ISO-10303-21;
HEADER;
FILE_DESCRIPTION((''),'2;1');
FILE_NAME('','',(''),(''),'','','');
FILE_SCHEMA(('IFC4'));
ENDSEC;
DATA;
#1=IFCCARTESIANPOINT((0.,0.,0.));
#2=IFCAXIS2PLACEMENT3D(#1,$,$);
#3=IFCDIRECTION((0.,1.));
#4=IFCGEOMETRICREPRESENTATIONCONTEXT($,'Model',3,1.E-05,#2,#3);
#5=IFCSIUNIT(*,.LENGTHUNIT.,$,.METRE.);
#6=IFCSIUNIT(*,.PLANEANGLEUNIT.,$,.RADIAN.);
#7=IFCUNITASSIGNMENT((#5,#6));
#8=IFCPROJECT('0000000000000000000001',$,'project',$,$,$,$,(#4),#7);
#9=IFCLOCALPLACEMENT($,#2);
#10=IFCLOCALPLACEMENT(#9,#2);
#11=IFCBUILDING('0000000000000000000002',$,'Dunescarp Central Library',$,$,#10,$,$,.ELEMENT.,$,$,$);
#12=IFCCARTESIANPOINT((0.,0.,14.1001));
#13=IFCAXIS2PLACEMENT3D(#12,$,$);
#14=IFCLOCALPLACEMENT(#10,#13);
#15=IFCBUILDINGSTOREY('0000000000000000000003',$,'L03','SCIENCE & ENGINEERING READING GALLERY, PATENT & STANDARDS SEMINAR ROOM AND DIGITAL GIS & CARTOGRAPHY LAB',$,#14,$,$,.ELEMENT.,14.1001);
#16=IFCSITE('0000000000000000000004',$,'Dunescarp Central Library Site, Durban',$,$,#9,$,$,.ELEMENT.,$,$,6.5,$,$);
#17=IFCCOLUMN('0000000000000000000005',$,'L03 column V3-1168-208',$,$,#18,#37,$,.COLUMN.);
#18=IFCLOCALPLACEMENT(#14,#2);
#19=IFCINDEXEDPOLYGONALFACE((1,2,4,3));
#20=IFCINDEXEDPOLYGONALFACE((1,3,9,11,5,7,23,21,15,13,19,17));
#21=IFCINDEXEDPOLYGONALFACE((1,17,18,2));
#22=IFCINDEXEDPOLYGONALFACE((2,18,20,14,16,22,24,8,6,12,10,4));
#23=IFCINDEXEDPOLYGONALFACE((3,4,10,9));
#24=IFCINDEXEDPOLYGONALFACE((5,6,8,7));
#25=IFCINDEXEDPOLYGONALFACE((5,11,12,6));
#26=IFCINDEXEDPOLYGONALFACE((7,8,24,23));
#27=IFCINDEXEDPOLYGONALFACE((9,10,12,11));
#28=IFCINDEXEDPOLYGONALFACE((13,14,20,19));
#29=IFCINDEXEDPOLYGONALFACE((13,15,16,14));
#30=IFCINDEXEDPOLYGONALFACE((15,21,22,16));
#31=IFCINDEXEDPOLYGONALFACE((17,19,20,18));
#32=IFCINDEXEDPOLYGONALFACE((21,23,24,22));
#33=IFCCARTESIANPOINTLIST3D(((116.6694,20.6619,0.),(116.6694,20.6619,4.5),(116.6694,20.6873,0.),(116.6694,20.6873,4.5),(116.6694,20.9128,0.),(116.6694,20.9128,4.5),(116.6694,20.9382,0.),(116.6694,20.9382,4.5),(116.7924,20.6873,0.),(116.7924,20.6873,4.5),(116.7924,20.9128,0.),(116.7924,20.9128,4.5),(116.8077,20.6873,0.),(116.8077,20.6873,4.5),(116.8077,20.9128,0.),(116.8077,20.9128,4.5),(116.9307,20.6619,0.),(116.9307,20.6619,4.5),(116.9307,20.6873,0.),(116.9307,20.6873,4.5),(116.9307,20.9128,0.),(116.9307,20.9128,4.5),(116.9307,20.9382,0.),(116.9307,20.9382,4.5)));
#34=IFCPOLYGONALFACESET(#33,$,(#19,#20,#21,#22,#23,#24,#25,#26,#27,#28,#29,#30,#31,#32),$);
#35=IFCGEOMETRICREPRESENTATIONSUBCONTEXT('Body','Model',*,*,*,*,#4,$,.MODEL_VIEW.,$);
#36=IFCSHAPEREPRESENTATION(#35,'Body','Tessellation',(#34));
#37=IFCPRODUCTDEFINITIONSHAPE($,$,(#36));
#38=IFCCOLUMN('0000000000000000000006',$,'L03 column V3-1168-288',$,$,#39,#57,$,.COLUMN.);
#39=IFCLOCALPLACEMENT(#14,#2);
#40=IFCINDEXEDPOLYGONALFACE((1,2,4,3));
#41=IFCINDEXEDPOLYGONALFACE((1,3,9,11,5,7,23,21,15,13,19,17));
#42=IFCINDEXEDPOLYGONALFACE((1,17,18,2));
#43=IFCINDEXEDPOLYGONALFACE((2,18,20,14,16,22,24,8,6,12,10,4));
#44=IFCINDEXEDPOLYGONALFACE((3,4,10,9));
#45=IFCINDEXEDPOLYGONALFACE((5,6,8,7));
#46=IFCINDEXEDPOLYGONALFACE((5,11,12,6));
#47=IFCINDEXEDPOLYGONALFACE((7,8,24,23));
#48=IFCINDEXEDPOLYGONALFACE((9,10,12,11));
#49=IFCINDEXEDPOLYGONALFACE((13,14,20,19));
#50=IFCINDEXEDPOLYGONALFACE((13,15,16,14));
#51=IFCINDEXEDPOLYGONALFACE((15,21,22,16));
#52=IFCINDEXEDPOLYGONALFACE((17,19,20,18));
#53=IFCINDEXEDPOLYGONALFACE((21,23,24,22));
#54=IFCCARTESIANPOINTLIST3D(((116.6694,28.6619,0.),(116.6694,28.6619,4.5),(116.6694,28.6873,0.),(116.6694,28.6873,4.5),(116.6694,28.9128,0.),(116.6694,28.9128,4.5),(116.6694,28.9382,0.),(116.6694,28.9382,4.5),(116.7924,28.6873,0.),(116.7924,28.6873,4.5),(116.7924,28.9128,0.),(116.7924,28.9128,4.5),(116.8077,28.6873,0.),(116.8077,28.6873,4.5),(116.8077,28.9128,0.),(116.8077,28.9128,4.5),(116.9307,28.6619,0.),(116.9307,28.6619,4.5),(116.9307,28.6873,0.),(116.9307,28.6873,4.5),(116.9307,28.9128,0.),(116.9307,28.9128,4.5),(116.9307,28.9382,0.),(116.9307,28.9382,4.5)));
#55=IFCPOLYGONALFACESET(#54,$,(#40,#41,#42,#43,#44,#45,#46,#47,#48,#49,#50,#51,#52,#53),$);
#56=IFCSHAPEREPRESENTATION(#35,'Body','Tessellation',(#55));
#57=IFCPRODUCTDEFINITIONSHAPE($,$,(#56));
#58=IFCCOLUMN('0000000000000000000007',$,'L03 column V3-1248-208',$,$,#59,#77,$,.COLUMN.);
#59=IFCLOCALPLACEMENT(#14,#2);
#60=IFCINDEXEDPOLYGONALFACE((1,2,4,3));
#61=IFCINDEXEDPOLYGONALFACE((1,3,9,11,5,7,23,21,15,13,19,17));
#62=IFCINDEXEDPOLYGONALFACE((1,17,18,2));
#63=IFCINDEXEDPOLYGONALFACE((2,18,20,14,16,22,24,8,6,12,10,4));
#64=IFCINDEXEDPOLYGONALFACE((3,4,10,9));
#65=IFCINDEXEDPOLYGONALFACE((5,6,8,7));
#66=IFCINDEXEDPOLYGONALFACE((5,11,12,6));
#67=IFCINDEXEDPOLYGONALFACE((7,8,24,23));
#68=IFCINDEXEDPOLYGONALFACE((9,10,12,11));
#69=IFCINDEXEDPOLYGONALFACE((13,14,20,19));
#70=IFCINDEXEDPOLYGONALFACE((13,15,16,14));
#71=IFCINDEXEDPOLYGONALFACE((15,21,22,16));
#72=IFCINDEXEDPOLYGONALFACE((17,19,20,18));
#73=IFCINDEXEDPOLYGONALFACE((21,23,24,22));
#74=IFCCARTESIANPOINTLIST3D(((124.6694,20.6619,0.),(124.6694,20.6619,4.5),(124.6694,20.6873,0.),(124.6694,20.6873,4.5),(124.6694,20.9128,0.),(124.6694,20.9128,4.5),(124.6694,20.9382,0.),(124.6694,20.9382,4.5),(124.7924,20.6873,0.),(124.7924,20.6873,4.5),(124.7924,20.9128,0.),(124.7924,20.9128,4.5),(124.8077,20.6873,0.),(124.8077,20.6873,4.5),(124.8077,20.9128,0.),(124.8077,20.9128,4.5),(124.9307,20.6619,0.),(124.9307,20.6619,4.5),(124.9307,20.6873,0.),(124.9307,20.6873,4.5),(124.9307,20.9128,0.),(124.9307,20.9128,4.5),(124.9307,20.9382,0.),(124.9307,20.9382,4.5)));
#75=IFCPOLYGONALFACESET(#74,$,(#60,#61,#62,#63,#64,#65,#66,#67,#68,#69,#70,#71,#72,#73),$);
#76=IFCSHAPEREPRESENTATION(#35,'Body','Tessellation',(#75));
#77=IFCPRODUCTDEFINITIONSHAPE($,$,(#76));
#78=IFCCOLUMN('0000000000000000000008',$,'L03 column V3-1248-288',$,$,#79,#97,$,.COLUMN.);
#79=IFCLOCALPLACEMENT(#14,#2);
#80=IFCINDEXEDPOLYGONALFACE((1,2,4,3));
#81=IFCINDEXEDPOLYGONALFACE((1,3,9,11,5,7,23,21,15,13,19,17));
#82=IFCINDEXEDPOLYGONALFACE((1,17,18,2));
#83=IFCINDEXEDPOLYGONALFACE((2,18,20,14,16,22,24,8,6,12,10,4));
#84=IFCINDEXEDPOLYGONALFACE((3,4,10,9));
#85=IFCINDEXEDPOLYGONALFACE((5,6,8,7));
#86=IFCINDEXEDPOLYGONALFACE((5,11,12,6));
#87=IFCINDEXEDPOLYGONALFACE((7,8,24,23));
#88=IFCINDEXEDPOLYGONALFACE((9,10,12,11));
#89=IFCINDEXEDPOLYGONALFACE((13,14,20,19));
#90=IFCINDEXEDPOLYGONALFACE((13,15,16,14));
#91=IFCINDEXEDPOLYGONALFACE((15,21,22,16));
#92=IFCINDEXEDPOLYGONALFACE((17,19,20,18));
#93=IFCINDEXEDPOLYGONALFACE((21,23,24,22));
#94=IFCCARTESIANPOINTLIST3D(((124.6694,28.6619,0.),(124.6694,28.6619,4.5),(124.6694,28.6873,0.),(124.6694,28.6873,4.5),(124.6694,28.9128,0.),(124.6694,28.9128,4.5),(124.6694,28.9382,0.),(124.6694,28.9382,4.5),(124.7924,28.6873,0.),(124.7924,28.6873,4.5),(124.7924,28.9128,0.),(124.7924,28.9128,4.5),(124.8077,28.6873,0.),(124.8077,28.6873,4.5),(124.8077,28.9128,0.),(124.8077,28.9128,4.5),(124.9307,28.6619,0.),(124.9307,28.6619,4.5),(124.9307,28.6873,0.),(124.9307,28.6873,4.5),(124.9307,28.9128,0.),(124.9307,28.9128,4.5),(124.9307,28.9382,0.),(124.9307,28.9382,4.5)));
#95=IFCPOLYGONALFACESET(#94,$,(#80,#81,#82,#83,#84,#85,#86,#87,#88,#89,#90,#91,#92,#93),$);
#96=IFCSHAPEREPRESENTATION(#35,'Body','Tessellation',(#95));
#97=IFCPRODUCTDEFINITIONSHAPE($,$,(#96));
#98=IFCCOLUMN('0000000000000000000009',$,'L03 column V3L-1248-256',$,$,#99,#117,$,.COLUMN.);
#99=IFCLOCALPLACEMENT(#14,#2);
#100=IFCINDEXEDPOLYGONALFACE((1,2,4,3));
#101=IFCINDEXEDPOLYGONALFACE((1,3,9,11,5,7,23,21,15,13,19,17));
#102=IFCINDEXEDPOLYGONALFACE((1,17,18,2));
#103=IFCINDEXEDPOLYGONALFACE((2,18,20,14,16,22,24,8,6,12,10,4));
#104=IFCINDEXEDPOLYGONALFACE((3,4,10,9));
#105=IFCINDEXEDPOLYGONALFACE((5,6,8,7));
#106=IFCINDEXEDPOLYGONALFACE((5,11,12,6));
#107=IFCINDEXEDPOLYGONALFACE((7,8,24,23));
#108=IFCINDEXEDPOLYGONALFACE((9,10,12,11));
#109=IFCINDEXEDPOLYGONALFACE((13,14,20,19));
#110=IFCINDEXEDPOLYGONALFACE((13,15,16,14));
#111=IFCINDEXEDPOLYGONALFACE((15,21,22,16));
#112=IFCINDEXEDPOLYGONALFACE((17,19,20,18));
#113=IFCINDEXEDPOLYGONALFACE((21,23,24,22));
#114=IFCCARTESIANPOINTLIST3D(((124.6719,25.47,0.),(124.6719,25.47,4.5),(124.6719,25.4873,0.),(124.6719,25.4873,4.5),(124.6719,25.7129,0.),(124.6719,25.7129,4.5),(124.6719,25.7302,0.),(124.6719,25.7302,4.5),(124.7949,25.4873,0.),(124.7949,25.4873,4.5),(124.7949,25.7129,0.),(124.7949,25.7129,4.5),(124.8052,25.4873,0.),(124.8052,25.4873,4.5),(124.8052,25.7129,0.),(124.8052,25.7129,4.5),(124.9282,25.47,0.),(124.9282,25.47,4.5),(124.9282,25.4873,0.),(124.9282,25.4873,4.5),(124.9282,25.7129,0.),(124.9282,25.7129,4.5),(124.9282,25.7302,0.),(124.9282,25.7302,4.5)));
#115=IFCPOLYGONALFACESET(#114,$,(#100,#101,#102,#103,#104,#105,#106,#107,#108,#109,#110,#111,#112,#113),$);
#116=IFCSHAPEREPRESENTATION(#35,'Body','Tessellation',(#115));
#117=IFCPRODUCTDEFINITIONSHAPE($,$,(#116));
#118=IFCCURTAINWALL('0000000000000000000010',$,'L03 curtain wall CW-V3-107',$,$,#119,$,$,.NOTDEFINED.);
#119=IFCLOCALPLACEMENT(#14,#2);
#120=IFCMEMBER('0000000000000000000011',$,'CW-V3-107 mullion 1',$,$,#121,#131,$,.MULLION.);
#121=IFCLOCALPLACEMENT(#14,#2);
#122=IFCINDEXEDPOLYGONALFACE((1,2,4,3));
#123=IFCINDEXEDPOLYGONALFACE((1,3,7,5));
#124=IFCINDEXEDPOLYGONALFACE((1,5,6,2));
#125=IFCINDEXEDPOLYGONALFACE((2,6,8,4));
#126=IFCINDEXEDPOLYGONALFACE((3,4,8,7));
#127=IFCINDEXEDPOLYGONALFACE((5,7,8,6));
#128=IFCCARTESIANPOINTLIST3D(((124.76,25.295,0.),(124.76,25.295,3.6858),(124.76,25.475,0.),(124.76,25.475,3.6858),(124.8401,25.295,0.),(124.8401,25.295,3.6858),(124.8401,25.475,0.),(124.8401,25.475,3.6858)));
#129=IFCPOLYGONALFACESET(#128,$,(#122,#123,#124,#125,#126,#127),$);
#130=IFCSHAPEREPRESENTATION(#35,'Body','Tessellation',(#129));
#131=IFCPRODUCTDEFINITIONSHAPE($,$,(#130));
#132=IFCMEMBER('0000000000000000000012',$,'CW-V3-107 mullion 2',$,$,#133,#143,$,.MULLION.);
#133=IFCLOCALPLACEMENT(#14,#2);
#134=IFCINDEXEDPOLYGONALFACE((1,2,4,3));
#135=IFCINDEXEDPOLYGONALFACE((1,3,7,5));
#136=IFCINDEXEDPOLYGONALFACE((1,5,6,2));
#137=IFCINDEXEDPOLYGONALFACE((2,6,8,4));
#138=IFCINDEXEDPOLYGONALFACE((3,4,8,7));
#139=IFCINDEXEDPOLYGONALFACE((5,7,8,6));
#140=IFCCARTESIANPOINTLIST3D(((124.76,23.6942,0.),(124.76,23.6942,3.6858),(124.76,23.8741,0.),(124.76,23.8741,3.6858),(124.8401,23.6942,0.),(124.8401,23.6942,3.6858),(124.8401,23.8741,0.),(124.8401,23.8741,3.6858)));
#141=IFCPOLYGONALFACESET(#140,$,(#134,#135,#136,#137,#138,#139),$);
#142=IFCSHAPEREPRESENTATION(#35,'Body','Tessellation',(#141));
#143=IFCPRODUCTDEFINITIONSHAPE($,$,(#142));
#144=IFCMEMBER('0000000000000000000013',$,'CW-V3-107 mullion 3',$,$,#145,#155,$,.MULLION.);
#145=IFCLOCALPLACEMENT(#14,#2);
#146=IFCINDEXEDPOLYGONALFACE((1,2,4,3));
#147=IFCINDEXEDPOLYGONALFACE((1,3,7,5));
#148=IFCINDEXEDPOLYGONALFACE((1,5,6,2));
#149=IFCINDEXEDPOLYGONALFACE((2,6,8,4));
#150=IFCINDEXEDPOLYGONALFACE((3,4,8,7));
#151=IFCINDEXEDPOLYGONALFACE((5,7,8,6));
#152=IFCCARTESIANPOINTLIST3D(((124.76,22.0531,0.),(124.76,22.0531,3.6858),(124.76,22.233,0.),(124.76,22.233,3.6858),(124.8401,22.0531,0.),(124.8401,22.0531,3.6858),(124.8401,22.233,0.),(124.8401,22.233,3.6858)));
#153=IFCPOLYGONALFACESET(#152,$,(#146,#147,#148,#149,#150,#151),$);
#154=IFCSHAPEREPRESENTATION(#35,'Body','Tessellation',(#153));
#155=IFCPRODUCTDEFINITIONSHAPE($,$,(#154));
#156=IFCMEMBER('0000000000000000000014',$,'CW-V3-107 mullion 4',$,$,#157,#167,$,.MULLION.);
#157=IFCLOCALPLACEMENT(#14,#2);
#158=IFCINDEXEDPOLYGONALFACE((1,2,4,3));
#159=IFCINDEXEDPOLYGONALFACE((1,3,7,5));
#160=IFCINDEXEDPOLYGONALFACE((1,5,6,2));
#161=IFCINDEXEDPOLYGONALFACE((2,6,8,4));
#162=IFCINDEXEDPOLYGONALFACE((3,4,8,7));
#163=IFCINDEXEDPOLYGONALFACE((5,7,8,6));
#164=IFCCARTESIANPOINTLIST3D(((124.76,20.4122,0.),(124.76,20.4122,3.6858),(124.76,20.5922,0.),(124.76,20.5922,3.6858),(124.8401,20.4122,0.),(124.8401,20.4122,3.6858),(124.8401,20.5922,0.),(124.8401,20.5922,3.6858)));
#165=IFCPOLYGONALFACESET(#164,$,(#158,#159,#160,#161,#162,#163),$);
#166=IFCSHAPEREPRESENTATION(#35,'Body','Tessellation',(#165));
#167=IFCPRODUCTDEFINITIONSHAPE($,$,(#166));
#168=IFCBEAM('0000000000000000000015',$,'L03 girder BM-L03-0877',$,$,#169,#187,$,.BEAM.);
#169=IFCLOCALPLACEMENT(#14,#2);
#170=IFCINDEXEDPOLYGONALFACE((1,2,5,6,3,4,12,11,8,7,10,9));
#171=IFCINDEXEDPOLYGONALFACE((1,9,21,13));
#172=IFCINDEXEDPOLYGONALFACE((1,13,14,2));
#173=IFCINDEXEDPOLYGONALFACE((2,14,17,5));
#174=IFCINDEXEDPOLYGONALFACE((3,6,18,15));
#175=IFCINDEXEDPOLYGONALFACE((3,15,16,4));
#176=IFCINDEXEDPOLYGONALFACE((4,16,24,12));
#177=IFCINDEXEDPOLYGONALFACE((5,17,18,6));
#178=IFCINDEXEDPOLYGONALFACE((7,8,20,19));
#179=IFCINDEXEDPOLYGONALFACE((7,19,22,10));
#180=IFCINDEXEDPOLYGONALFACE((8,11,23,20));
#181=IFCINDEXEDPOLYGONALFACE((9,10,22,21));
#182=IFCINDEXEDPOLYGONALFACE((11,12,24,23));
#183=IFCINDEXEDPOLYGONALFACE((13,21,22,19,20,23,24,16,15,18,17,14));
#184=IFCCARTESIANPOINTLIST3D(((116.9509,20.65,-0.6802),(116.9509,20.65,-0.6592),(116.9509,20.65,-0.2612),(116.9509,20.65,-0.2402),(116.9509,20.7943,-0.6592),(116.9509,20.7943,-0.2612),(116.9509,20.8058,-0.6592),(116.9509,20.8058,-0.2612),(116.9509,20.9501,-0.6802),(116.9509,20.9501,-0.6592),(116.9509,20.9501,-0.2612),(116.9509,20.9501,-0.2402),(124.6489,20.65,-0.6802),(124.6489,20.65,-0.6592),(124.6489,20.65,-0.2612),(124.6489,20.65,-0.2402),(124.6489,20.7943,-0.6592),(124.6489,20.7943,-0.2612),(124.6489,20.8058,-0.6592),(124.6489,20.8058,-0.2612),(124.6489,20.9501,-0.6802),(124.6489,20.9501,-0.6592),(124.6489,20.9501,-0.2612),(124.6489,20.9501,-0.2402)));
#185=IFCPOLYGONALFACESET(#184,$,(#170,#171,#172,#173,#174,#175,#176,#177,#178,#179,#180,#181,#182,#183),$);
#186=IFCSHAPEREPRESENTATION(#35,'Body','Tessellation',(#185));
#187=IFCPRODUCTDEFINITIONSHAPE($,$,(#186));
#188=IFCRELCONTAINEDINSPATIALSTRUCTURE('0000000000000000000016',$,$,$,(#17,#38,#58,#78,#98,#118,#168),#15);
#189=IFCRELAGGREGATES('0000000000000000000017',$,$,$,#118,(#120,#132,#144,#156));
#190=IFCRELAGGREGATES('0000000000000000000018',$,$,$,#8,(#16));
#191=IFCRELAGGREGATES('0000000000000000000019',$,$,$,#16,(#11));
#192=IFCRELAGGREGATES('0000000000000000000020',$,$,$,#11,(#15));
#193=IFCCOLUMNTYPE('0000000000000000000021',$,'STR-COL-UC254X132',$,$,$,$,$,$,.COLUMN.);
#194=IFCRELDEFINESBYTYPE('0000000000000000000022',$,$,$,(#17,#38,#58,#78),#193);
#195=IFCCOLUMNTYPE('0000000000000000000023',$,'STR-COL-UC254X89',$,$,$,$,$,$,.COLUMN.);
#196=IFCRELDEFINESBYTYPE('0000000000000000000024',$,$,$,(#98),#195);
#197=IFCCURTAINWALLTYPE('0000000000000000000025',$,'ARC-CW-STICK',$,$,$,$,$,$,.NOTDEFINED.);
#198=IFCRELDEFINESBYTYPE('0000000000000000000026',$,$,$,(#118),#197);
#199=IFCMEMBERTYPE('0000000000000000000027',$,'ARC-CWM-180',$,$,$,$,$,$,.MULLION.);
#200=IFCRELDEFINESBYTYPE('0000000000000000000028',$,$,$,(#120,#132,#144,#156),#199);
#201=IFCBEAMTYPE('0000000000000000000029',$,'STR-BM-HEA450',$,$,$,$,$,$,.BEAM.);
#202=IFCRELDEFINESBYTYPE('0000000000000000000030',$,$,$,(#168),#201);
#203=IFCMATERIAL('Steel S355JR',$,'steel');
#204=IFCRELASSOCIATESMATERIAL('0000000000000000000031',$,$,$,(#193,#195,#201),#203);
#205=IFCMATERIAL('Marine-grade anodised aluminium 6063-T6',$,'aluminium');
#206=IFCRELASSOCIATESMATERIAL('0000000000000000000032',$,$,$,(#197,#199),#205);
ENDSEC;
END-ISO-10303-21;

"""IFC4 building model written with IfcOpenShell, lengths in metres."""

from ifc_helpers import new_model, si_unit, direction, frame, origin, origin_2d, place, context, subcontext, project, spatial, rectangle, i_section, extrude, material, material_profile, profile_set, type_object, element, aggregate, save


model = new_model("IFC4")

# Units and contexts
model_context = context("Model", 3, precision=1e-05, world=origin(), true_north=direction((0.0, 1.0)))
body_context = subcontext(model_context, "Body", "Model", "MODEL_VIEW")
ifc_project = project(units=[si_unit("LENGTHUNIT", "METRE"), si_unit("PLANEANGLEUNIT", "RADIAN")], contexts=[model_context])

# Site, building, storey
site_placement = place(None, origin())
site = spatial("IfcSite", under=ifc_project, at=site_placement, Name="Dunescarp Central Library Site, Durban", CompositionType="ELEMENT", RefElevation=6.5)
building_placement = place(site_placement, origin())
building = spatial("IfcBuilding", under=site, at=building_placement, Name="Dunescarp Central Library", CompositionType="ELEMENT")
storey_placement = place(building_placement, frame((0.0, 0.0, 14.1001)))
storey = spatial("IfcBuildingStorey", under=building, at=storey_placement, Name="L03", Description="SCIENCE & ENGINEERING READING GALLERY, PATENT & STANDARDS SEMINAR ROOM AND DIGITAL GIS & CARTOGRAPHY LAB", CompositionType="ELEMENT", Elevation=14.1001)

# Columns
ifc_material_1 = material(Name="Steel S355JR", Category="steel")
ifc_material_profile_1 = material_profile(ifc_material_1, i_section(OverallWidth=0.2612, OverallDepth=0.2764, WebThickness=0.0154, FlangeThickness=0.0254, at=origin_2d()), Name="UC 254x254x132")
ifc_profile_set_1 = profile_set([ifc_material_profile_1], Name="Steel S355JR")
column_type_1 = type_object("IfcColumnType", Name="STR-COL-UC254X132", PredefinedType="COLUMN", material=ifc_profile_set_1)
for number, where, z_axis, x_axis, name in (
    (1, (116.8, 20.8, 0.0), (0.0, 0.0, 1.0), (1.0, 0.0, 0.0), "L03 column V3-1168-208"),
    (2, (116.8, 28.8, 0.0), (0.0, 0.0, 1.0), (1.0, 0.0, 0.0), "L03 column V3-1168-288"),
    (3, (124.8, 20.8, 0.0), (0.0, 0.0, 1.0), (1.0, 0.0, 0.0), "L03 column V3-1248-208"),
    (4, (124.8, 28.8, 0.0), (0.0, 0.0, 1.0), (1.0, 0.0, 0.0), "L03 column V3-1248-288"),
):
    element("IfcColumn", number, at=place(storey_placement, frame(where, z_axis=z_axis, x_axis=x_axis)), inside=storey, type_object=column_type_1, Name=name, PredefinedType="COLUMN", context=body_context, shape_type="SweptSolid", body=[
        extrude(i_section(OverallWidth=0.2612, OverallDepth=0.2764, WebThickness=0.0154, FlangeThickness=0.0254, at=origin_2d()), origin(), (0.0, 0.0, 1.0), 4.5),
    ])
ifc_material_profile_2 = material_profile(ifc_material_1, i_section(OverallWidth=0.2563, OverallDepth=0.2603, WebThickness=0.0103, FlangeThickness=0.0173, at=origin_2d()), Name="UC 254x254x89")
ifc_profile_set_2 = profile_set([ifc_material_profile_2], Name="Steel S355JR")
column_type_2 = type_object("IfcColumnType", Name="STR-COL-UC254X89", PredefinedType="COLUMN", material=ifc_profile_set_2)
column_placement = place(storey_placement, frame((124.8, 25.6001, 0.0), z_axis=(0.0, 0.0, 1.0), x_axis=(1.0, 0.0, 0.0)))
element("IfcColumn", 5, at=column_placement, inside=storey, type_object=column_type_2, Name="L03 column V3L-1248-256", PredefinedType="COLUMN", context=body_context, shape_type="SweptSolid", body=[
    extrude(i_section(OverallWidth=0.2563, OverallDepth=0.2603, WebThickness=0.0103, FlangeThickness=0.0173, at=origin_2d()), origin(), (0.0, 0.0, 1.0), 4.5),
])

# Curtain wall, members
ifc_material_2 = material(Name="Marine-grade anodised aluminium 6063-T6", Category="aluminium")
curtain_wall_type = type_object("IfcCurtainWallType", Name="ARC-CW-STICK", PredefinedType="NOTDEFINED", material=ifc_material_2)
curtain_wall_1_placement = place(storey_placement, origin())
curtain_wall_1 = element("IfcCurtainWall", 6, at=curtain_wall_1_placement, inside=storey, type_object=curtain_wall_type, Name="L03 curtain wall CW-V3-107", PredefinedType="NOTDEFINED")
ifc_material_profile_3 = material_profile(ifc_material_2, rectangle(XDim=0.0801, YDim=0.1799, at=origin_2d()), Name="AL 80x180")
ifc_profile_set_3 = profile_set([ifc_material_profile_3], Name="Marine-grade anodised aluminium 6063-T6")
member_type = type_object("IfcMemberType", Name="ARC-CWM-180", PredefinedType="MULLION", material=ifc_profile_set_3)
member_1_placement = place(storey_placement, frame((124.8, 25.385, 0.0), z_axis=(0.0, 0.0, 1.0), x_axis=(1.0, 0.0, 0.0)))
member_1 = element("IfcMember", 7, at=member_1_placement, type_object=member_type, Name="CW-V3-107 mullion 1", PredefinedType="MULLION", context=body_context, shape_type="SweptSolid", body=[
    extrude(rectangle(XDim=0.0801, YDim=0.1799, at=origin_2d()), origin(), (0.0, 0.0, 1.0), 3.6858),
])
member_2_placement = place(storey_placement, frame((124.8, 23.7842, 0.0), z_axis=(0.0, 0.0, 1.0), x_axis=(1.0, 0.0, 0.0)))
member_2 = element("IfcMember", 8, at=member_2_placement, type_object=member_type, Name="CW-V3-107 mullion 2", PredefinedType="MULLION", context=body_context, shape_type="SweptSolid", body=[
    extrude(rectangle(XDim=0.0801, YDim=0.1799, at=origin_2d()), origin(), (0.0, 0.0, 1.0), 3.6858),
])
member_3_placement = place(storey_placement, frame((124.8, 22.1431, 0.0), z_axis=(0.0, 0.0, 1.0), x_axis=(1.0, 0.0, 0.0)))
member_3 = element("IfcMember", 9, at=member_3_placement, type_object=member_type, Name="CW-V3-107 mullion 3", PredefinedType="MULLION", context=body_context, shape_type="SweptSolid", body=[
    extrude(rectangle(XDim=0.0801, YDim=0.1799, at=origin_2d()), origin(), (0.0, 0.0, 1.0), 3.6858),
])
member_4_placement = place(storey_placement, frame((124.8, 20.5022, 0.0), z_axis=(0.0, 0.0, 1.0), x_axis=(1.0, 0.0, 0.0)))
member_4 = element("IfcMember", 10, at=member_4_placement, type_object=member_type, Name="CW-V3-107 mullion 4", PredefinedType="MULLION", context=body_context, shape_type="SweptSolid", body=[
    extrude(rectangle(XDim=0.0801, YDim=0.1799, at=origin_2d()), origin(), (0.0, 0.0, 1.0), 3.6858),
])
aggregate(curtain_wall_1, [member_1, member_2, member_3, member_4])

# Beam
ifc_material_profile_4 = material_profile(ifc_material_1, i_section(OverallWidth=0.3, OverallDepth=0.4399, WebThickness=0.0115, FlangeThickness=0.021, at=origin_2d()), Name="HEA 450")
ifc_profile_set_4 = profile_set([ifc_material_profile_4], Name="Steel S355JR")
beam_type_1 = type_object("IfcBeamType", Name="STR-BM-HEA450", PredefinedType="BEAM", material=ifc_profile_set_4)
for number, where, z_axis, x_axis, name in (
    (11, (116.9509, 20.8, -0.4602), (1.0, 0.0, 0.0), (0.0, 1.0, 0.0), "L03 girder BM-L03-0877"),
):
    element("IfcBeam", number, at=place(storey_placement, frame(where, z_axis=z_axis, x_axis=x_axis)), inside=storey, type_object=beam_type_1, Name=name, PredefinedType="BEAM", context=body_context, shape_type="SweptSolid", body=[
        extrude(i_section(OverallWidth=0.3, OverallDepth=0.4399, WebThickness=0.0115, FlangeThickness=0.021, at=origin_2d()), origin(), (0.0, 0.0, 1.0), 7.698),
    ])

save(model, "model.ifc")
